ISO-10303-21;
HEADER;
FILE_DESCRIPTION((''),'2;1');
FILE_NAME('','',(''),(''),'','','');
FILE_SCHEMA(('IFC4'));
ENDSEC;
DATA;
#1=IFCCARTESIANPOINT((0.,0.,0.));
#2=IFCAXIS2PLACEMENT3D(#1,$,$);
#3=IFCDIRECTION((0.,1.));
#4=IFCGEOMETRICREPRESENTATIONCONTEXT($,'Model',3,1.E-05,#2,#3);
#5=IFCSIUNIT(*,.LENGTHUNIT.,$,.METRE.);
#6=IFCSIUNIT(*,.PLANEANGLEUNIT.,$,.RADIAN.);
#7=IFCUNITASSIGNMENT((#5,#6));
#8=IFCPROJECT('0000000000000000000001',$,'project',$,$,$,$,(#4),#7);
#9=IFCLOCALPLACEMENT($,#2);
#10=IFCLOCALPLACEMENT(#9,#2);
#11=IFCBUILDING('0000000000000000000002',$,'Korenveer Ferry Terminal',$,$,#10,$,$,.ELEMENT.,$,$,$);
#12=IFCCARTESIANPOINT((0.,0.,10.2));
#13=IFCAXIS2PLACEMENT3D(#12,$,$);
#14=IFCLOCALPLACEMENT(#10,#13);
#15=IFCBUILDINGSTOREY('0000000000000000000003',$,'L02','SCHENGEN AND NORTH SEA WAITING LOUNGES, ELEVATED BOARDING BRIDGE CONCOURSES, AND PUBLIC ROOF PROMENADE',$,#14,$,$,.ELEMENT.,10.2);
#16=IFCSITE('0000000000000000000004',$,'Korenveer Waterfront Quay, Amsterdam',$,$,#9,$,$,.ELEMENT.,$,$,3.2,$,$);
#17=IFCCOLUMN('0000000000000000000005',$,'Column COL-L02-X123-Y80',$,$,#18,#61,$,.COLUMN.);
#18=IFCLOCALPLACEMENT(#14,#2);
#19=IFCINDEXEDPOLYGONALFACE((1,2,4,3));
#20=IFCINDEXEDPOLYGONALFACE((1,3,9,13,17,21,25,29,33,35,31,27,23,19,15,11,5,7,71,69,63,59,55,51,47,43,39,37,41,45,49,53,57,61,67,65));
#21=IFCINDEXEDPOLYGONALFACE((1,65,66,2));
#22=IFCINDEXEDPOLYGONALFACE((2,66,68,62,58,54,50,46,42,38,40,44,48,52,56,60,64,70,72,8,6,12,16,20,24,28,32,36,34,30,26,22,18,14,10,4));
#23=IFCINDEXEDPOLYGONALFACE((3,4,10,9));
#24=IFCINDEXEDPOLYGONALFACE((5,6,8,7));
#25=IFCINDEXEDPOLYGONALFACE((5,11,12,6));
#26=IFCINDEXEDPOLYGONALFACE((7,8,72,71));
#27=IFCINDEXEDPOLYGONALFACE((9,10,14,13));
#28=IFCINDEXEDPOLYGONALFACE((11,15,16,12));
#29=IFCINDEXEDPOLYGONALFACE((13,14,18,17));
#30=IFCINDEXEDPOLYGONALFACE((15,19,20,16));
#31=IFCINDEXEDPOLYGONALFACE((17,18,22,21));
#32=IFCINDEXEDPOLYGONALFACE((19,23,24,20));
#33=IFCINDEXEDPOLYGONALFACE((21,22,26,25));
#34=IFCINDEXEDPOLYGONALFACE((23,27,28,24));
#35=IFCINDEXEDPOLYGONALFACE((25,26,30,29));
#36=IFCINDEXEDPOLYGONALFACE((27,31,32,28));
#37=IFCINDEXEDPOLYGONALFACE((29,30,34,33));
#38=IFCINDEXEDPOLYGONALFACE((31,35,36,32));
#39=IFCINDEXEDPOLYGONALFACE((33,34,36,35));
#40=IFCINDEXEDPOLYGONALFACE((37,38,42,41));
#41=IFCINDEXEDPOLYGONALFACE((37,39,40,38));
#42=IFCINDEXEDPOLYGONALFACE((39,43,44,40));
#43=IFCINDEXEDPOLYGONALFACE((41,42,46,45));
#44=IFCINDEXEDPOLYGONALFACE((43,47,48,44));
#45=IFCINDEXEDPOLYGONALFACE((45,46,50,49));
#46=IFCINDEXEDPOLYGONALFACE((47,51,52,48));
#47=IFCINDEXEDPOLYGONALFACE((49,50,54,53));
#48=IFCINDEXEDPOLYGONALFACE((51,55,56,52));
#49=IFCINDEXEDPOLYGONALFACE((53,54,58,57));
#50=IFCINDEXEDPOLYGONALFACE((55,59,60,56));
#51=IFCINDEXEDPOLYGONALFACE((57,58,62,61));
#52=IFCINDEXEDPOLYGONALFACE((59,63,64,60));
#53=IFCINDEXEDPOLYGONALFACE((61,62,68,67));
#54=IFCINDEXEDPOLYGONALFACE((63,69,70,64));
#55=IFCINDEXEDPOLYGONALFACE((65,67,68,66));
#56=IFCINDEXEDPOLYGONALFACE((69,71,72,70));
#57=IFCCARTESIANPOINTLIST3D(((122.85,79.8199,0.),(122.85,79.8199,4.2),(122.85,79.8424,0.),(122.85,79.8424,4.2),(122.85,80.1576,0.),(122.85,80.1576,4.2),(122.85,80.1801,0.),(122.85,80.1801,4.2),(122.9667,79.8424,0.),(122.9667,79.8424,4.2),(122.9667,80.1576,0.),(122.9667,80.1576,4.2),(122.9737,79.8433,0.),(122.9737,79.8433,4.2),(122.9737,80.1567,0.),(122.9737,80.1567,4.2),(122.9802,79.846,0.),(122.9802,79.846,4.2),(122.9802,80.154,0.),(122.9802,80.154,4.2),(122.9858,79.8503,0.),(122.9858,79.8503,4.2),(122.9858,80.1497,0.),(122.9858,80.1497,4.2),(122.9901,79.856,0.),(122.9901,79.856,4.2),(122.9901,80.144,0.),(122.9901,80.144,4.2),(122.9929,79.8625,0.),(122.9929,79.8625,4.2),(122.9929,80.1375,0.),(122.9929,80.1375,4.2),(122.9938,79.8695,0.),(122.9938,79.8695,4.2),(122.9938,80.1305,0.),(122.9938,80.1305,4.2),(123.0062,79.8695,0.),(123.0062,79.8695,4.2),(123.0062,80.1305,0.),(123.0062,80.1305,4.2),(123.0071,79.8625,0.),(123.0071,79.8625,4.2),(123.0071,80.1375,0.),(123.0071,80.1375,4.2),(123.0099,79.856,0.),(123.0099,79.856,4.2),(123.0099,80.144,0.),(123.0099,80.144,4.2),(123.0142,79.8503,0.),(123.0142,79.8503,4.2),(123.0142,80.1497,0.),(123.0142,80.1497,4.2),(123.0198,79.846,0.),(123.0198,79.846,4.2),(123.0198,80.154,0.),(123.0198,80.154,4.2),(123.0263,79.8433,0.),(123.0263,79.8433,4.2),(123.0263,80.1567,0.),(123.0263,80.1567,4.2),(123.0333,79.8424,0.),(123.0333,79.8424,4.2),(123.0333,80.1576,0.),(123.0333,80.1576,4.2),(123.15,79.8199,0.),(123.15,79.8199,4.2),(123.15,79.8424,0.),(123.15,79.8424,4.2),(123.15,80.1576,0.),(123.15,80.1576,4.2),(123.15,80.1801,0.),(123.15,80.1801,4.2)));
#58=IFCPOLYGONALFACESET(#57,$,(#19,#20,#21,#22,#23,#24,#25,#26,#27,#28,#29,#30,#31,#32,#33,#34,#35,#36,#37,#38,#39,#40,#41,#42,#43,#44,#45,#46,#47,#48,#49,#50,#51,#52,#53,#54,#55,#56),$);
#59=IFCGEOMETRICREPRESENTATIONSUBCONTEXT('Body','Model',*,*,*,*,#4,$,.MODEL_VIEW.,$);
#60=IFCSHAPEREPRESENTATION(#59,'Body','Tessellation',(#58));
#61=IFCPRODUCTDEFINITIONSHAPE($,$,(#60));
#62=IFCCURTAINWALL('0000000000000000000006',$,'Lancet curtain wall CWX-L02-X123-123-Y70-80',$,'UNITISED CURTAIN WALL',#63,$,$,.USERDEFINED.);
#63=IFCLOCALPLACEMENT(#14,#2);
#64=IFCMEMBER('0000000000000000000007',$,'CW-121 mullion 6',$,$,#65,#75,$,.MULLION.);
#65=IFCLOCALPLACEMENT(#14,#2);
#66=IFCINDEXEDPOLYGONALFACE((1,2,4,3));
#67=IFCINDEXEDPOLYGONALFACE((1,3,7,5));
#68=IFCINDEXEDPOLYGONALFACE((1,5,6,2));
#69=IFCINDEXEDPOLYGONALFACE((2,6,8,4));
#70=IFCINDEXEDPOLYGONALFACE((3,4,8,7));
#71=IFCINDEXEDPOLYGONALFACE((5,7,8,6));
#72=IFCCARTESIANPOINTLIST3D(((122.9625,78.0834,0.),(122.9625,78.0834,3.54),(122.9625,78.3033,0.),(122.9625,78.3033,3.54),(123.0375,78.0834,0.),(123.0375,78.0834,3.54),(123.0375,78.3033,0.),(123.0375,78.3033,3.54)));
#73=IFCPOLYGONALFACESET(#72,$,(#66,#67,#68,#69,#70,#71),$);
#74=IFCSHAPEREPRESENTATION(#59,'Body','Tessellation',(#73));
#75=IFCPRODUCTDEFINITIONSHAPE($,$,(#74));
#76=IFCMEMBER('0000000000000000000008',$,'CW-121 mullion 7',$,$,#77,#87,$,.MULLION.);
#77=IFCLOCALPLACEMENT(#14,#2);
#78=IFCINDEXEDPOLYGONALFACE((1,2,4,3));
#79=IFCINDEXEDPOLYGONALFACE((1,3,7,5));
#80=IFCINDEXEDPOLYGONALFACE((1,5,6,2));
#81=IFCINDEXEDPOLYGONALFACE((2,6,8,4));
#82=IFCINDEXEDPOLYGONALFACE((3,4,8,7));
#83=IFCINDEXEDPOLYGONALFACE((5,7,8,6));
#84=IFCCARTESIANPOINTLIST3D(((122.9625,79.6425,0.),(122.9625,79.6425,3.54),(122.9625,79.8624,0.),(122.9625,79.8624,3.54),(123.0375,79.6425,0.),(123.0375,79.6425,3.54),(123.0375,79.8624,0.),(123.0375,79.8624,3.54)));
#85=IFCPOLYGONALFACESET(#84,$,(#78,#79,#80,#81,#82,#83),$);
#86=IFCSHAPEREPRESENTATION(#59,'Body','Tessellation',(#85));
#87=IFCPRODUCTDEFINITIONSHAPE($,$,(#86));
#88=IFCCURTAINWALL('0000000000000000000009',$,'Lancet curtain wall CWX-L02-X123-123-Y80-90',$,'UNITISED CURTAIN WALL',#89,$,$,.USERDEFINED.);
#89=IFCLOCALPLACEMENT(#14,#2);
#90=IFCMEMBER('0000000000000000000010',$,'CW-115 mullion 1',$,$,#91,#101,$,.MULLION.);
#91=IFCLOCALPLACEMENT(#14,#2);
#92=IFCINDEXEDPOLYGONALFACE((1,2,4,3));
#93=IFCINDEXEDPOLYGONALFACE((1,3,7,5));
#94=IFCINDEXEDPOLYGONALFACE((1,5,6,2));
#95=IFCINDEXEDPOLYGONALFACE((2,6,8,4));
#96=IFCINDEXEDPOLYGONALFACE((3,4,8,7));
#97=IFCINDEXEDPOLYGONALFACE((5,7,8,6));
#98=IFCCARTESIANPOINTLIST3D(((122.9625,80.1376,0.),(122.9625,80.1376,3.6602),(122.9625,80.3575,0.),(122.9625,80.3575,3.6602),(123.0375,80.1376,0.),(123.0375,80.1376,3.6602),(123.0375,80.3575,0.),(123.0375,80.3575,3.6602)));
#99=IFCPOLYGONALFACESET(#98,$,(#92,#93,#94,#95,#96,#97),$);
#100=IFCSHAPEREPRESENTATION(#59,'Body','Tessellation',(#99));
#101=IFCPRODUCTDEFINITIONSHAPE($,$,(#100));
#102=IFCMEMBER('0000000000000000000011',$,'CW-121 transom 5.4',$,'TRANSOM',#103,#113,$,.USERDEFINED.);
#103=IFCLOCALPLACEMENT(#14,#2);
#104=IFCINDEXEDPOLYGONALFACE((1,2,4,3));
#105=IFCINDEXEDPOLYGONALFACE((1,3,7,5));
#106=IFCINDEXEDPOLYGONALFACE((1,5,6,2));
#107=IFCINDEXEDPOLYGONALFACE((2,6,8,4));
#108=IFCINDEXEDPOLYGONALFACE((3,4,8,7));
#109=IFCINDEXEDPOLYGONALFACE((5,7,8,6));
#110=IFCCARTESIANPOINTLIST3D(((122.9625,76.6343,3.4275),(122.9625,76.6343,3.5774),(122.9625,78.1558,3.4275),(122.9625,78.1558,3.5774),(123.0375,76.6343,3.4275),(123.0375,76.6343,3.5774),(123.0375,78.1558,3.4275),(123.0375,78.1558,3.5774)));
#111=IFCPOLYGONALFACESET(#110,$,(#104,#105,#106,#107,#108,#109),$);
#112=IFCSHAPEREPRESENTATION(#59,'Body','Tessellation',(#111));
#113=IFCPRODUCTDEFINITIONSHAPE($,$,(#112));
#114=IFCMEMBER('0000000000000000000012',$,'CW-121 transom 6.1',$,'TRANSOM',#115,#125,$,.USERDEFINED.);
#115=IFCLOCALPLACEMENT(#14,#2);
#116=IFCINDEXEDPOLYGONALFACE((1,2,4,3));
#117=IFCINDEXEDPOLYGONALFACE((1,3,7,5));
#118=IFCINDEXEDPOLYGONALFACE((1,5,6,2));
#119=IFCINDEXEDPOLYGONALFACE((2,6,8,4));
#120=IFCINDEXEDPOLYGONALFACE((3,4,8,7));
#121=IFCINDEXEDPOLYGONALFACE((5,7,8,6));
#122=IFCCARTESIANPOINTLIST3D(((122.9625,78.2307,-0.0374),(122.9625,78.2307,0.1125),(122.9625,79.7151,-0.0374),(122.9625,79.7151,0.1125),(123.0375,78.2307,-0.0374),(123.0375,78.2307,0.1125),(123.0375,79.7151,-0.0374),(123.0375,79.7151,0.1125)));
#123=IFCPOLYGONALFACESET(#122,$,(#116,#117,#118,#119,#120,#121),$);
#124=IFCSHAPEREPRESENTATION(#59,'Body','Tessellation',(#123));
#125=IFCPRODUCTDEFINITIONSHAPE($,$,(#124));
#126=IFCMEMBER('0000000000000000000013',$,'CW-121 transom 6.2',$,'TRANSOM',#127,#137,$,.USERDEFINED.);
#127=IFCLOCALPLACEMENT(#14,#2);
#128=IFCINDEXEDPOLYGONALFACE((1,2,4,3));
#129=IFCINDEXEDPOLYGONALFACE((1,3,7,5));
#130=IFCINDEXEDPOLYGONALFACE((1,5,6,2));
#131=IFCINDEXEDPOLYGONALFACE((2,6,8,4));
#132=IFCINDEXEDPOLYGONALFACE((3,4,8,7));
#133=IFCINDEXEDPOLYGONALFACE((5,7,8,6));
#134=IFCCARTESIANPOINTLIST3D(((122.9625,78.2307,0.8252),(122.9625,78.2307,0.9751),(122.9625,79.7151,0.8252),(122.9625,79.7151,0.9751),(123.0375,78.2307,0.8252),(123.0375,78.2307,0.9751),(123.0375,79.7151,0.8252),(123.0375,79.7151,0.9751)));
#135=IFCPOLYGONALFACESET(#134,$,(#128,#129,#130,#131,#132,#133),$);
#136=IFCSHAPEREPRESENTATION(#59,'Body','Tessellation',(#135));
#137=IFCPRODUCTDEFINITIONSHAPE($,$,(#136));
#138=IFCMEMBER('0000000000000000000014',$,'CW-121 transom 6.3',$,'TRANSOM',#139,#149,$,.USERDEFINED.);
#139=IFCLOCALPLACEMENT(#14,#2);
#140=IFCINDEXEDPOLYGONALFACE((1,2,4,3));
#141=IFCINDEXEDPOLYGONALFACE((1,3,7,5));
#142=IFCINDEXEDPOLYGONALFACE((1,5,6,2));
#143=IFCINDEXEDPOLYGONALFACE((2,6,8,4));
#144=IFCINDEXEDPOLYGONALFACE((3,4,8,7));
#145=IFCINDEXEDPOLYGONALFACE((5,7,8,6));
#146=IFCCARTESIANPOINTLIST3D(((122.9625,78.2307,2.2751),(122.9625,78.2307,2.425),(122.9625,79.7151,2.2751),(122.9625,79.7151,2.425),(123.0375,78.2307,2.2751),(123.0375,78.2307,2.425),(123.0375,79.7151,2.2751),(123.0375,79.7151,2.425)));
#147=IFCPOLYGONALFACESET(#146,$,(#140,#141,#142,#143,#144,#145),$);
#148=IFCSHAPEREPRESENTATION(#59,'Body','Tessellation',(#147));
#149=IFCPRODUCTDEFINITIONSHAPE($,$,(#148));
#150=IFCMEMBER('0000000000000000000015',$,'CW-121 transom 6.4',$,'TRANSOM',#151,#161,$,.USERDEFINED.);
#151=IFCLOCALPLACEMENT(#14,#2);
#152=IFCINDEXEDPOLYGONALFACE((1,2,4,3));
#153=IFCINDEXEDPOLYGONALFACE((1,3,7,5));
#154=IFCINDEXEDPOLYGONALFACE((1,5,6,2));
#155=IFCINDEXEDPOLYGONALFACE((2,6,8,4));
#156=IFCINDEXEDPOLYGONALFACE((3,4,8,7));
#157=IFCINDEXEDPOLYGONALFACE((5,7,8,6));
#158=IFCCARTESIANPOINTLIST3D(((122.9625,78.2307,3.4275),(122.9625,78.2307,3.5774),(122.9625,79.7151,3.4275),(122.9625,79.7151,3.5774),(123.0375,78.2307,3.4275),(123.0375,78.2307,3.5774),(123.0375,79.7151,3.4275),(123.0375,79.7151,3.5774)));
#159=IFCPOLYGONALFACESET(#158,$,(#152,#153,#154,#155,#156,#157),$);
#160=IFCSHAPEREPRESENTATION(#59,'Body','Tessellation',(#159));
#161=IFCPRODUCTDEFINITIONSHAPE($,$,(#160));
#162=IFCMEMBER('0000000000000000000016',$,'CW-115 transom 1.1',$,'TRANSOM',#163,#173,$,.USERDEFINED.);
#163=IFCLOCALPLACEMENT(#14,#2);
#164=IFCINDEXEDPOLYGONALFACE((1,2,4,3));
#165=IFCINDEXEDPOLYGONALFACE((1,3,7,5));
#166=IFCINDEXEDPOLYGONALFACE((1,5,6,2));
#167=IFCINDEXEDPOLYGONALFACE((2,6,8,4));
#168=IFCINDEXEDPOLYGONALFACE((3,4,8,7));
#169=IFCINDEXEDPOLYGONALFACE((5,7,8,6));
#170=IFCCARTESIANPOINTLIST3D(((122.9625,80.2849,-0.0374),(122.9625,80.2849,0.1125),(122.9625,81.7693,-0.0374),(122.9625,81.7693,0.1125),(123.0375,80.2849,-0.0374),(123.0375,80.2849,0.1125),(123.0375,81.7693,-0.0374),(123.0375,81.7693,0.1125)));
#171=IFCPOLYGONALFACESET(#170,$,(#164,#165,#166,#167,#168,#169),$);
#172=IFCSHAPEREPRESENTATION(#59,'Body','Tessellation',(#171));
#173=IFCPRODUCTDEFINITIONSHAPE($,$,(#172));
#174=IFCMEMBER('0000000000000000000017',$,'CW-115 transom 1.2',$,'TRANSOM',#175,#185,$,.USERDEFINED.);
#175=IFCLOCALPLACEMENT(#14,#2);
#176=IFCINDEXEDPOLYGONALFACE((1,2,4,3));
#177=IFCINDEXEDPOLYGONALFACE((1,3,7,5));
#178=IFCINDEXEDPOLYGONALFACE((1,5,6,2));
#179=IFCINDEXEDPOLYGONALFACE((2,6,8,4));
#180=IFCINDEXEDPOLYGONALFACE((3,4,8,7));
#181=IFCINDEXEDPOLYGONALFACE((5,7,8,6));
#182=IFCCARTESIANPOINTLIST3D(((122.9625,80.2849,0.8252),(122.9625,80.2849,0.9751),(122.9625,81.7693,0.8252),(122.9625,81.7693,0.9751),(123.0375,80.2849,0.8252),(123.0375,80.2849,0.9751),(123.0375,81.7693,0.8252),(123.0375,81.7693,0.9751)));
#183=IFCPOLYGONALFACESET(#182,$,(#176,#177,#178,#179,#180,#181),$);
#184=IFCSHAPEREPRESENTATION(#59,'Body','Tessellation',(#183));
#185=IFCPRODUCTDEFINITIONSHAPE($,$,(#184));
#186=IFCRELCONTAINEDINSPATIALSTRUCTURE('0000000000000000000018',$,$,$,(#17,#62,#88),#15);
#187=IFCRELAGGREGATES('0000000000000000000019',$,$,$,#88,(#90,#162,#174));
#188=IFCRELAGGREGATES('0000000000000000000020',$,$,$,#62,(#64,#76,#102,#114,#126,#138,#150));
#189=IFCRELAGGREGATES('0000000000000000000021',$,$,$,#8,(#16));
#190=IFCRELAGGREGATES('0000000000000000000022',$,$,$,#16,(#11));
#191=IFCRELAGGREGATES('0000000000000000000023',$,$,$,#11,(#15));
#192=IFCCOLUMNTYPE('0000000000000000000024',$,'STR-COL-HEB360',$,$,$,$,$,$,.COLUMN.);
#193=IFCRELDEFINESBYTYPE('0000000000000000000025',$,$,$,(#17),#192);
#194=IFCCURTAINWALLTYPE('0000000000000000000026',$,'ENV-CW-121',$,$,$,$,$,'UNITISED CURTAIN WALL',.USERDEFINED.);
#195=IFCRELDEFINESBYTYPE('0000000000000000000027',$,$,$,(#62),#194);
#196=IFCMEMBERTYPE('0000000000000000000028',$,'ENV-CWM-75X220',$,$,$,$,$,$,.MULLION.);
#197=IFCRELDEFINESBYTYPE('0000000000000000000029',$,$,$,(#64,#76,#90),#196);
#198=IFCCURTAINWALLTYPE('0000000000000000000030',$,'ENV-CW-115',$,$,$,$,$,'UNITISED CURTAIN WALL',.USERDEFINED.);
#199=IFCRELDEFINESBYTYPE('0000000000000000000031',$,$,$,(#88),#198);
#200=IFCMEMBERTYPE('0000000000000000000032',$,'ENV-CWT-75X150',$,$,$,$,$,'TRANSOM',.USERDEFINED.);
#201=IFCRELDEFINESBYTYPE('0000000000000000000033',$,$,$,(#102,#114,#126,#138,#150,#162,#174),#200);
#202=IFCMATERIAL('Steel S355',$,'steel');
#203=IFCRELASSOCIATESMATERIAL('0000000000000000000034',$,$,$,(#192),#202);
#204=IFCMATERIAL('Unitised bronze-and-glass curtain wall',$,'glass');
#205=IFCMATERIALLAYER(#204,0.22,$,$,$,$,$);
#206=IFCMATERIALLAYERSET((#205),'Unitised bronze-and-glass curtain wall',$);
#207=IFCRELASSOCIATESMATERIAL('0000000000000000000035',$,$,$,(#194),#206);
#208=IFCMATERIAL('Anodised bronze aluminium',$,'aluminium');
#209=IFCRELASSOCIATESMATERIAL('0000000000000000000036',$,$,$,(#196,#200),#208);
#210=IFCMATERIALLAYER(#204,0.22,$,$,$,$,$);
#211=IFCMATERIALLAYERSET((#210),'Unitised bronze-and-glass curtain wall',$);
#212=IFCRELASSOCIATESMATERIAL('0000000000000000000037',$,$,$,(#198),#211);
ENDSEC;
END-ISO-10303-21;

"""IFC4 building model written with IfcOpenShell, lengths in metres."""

from ifc_helpers import new_model, si_unit, direction, frame, origin, origin_2d, place, context, subcontext, project, spatial, rectangle, i_section, extrude, material, layer, layer_set, material_profile, profile_set, type_object, element, aggregate, save


model = new_model("IFC4")

# Units and contexts
model_context = context("Model", 3, precision=1e-05, world=origin(), true_north=direction((0.0, 1.0)))
body_context = subcontext(model_context, "Body", "Model", "MODEL_VIEW")
ifc_project = project(units=[si_unit("LENGTHUNIT", "METRE"), si_unit("PLANEANGLEUNIT", "RADIAN")], contexts=[model_context])

# Site, building, storey
site_placement = place(None, origin())
site = spatial("IfcSite", under=ifc_project, at=site_placement, Name="Korenveer Waterfront Quay, Amsterdam", CompositionType="ELEMENT", RefElevation=3.2)
building_placement = place(site_placement, origin())
building = spatial("IfcBuilding", under=site, at=building_placement, Name="Korenveer Ferry Terminal", CompositionType="ELEMENT")
storey_placement = place(building_placement, frame((0.0, 0.0, 10.2)))
storey = spatial("IfcBuildingStorey", under=building, at=storey_placement, Name="L02", Description="SCHENGEN AND NORTH SEA WAITING LOUNGES, ELEVATED BOARDING BRIDGE CONCOURSES, AND PUBLIC ROOF PROMENADE", CompositionType="ELEMENT", Elevation=10.2)

# Column
ifc_material_1 = material(Name="Steel S355", Category="steel")
ifc_material_profile_1 = material_profile(ifc_material_1, i_section(OverallWidth=0.3, OverallDepth=0.3601, WebThickness=0.0125, FlangeThickness=0.0225, FilletRadius=0.0271, at=origin_2d()), Name="HEB 360")
ifc_profile_set_1 = profile_set([ifc_material_profile_1], Name="Steel S355")
column_type = type_object("IfcColumnType", Name="STR-COL-HEB360", PredefinedType="COLUMN", material=ifc_profile_set_1)
column_placement = place(storey_placement, frame((123.0, 80.0, 0.0), z_axis=(0.0, 0.0, 1.0), x_axis=(1.0, 0.0, 0.0)))
element("IfcColumn", 1, at=column_placement, inside=storey, type_object=column_type, Name="Column COL-L02-X123-Y80", PredefinedType="COLUMN", context=body_context, shape_type="SweptSolid", body=[
    extrude(i_section(OverallWidth=0.3, OverallDepth=0.3601, WebThickness=0.0125, FlangeThickness=0.0225, FilletRadius=0.0271, at=origin_2d()), origin(), (0.0, 0.0, 1.0), 4.2),
])

# Curtain wall, members
ifc_material_2 = material(Name="Unitised bronze-and-glass curtain wall", Category="glass")
ifc_layer_1 = layer(ifc_material_2, 0.22)
ifc_layer_set_1 = layer_set([ifc_layer_1], Name="Unitised bronze-and-glass curtain wall")
curtain_wall_type_1 = type_object("IfcCurtainWallType", Name="ENV-CW-121", ElementType="UNITISED CURTAIN WALL", PredefinedType="USERDEFINED", material=ifc_layer_set_1)
curtain_wall_1_placement = place(storey_placement, frame((123.0, 70.21, 0.0)))
curtain_wall_1 = element("IfcCurtainWall", 2, at=curtain_wall_1_placement, inside=storey, type_object=curtain_wall_type_1, Name="Lancet curtain wall CWX-L02-X123-123-Y70-80", ObjectType="UNITISED CURTAIN WALL", PredefinedType="USERDEFINED")
ifc_material_3 = material(Name="Anodised bronze aluminium", Category="aluminium")
ifc_material_profile_2 = material_profile(ifc_material_3, rectangle(XDim=0.075, YDim=0.22, at=origin_2d()), Name="ALU 75x220")
ifc_profile_set_2 = profile_set([ifc_material_profile_2], Name="Anodised bronze aluminium")
member_type_1 = type_object("IfcMemberType", Name="ENV-CWM-75X220", PredefinedType="MULLION", material=ifc_profile_set_2)
member_1_placement = place(storey_placement, frame((123.0, 78.1934, 0.0), z_axis=(0.0, 0.0, 1.0), x_axis=(-1.0, 0.0, 0.0)))
member_1 = element("IfcMember", 3, at=member_1_placement, type_object=member_type_1, Name="CW-121 mullion 6", PredefinedType="MULLION", context=body_context, shape_type="SweptSolid", body=[
    extrude(rectangle(XDim=0.075, YDim=0.22, at=origin_2d()), origin(), (0.0, 0.0, 1.0), 3.54),
])
member_2_placement = place(storey_placement, frame((123.0, 79.7524, 0.0), z_axis=(0.0, 0.0, 1.0), x_axis=(-1.0, 0.0, 0.0)))
member_2 = element("IfcMember", 4, at=member_2_placement, type_object=member_type_1, Name="CW-121 mullion 7", PredefinedType="MULLION", context=body_context, shape_type="SweptSolid", body=[
    extrude(rectangle(XDim=0.075, YDim=0.22, at=origin_2d()), origin(), (0.0, 0.0, 1.0), 3.54),
])

# Curtain wall, member
ifc_layer_2 = layer(ifc_material_2, 0.22)
ifc_layer_set_2 = layer_set([ifc_layer_2], Name="Unitised bronze-and-glass curtain wall")
curtain_wall_type_2 = type_object("IfcCurtainWallType", Name="ENV-CW-115", ElementType="UNITISED CURTAIN WALL", PredefinedType="USERDEFINED", material=ifc_layer_set_2)
curtain_wall_2_placement = place(storey_placement, frame((123.0, 80.21, 0.0)))
curtain_wall_2 = element("IfcCurtainWall", 5, at=curtain_wall_2_placement, inside=storey, type_object=curtain_wall_type_2, Name="Lancet curtain wall CWX-L02-X123-123-Y80-90", ObjectType="UNITISED CURTAIN WALL", PredefinedType="USERDEFINED")
member_3_placement = place(storey_placement, frame((123.0, 80.2476, 0.0), z_axis=(0.0, 0.0, 1.0), x_axis=(-1.0, 0.0, 0.0)))
member_3 = element("IfcMember", 6, at=member_3_placement, type_object=member_type_1, Name="CW-115 mullion 1", PredefinedType="MULLION", context=body_context, shape_type="SweptSolid", body=[
    extrude(rectangle(XDim=0.075, YDim=0.22, at=origin_2d()), origin(), (0.0, 0.0, 1.0), 3.6602),
])

# Members
ifc_material_profile_3 = material_profile(ifc_material_3, rectangle(XDim=0.075, YDim=0.1499, at=origin_2d()), Name="ALU 75x150")
ifc_profile_set_3 = profile_set([ifc_material_profile_3], Name="Anodised bronze aluminium")
member_type_2 = type_object("IfcMemberType", Name="ENV-CWT-75X150", ElementType="TRANSOM", PredefinedType="USERDEFINED", material=ifc_profile_set_3)
member_4_placement = place(storey_placement, frame((123.0, 76.6343, 3.5024), z_axis=(0.0, 1.0, 0.0), x_axis=(-1.0, 0.0, 0.0)))
member_4 = element("IfcMember", 7, at=member_4_placement, type_object=member_type_2, Name="CW-121 transom 5.4", ObjectType="TRANSOM", PredefinedType="USERDEFINED", context=body_context, shape_type="SweptSolid", body=[
    extrude(rectangle(XDim=0.075, YDim=0.1499, at=origin_2d()), origin(), (0.0, 0.0, 1.0), 1.5215),
])
member_5_placement = place(storey_placement, frame((123.0, 78.2307, 0.0376), z_axis=(0.0, 1.0, 0.0), x_axis=(-1.0, 0.0, 0.0)))
member_5 = element("IfcMember", 8, at=member_5_placement, type_object=member_type_2, Name="CW-121 transom 6.1", ObjectType="TRANSOM", PredefinedType="USERDEFINED", context=body_context, shape_type="SweptSolid", body=[
    extrude(rectangle(XDim=0.075, YDim=0.1499, at=origin_2d()), origin(), (0.0, 0.0, 1.0), 1.4844),
])
member_6_placement = place(storey_placement, frame((123.0, 78.2307, 0.9001), z_axis=(0.0, 1.0, 0.0), x_axis=(-1.0, 0.0, 0.0)))
member_6 = element("IfcMember", 9, at=member_6_placement, type_object=member_type_2, Name="CW-121 transom 6.2", ObjectType="TRANSOM", PredefinedType="USERDEFINED", context=body_context, shape_type="SweptSolid", body=[
    extrude(rectangle(XDim=0.075, YDim=0.1499, at=origin_2d()), origin(), (0.0, 0.0, 1.0), 1.4844),
])
member_7_placement = place(storey_placement, frame((123.0, 78.2307, 2.3501), z_axis=(0.0, 1.0, 0.0), x_axis=(-1.0, 0.0, 0.0)))
member_7 = element("IfcMember", 10, at=member_7_placement, type_object=member_type_2, Name="CW-121 transom 6.3", ObjectType="TRANSOM", PredefinedType="USERDEFINED", context=body_context, shape_type="SweptSolid", body=[
    extrude(rectangle(XDim=0.075, YDim=0.1499, at=origin_2d()), origin(), (0.0, 0.0, 1.0), 1.4844),
])
member_8_placement = place(storey_placement, frame((123.0, 78.2307, 3.5024), z_axis=(0.0, 1.0, 0.0), x_axis=(-1.0, 0.0, 0.0)))
member_8 = element("IfcMember", 11, at=member_8_placement, type_object=member_type_2, Name="CW-121 transom 6.4", ObjectType="TRANSOM", PredefinedType="USERDEFINED", context=body_context, shape_type="SweptSolid", body=[
    extrude(rectangle(XDim=0.075, YDim=0.1499, at=origin_2d()), origin(), (0.0, 0.0, 1.0), 1.4844),
])
member_9_placement = place(storey_placement, frame((123.0, 80.2849, 0.0376), z_axis=(0.0, 1.0, 0.0), x_axis=(-1.0, 0.0, 0.0)))
member_9 = element("IfcMember", 12, at=member_9_placement, type_object=member_type_2, Name="CW-115 transom 1.1", ObjectType="TRANSOM", PredefinedType="USERDEFINED", context=body_context, shape_type="SweptSolid", body=[
    extrude(rectangle(XDim=0.075, YDim=0.1499, at=origin_2d()), origin(), (0.0, 0.0, 1.0), 1.4844),
])
member_10_placement = place(storey_placement, frame((123.0, 80.2849, 0.9001), z_axis=(0.0, 1.0, 0.0), x_axis=(-1.0, 0.0, 0.0)))
member_10 = element("IfcMember", 13, at=member_10_placement, type_object=member_type_2, Name="CW-115 transom 1.2", ObjectType="TRANSOM", PredefinedType="USERDEFINED", context=body_context, shape_type="SweptSolid", body=[
    extrude(rectangle(XDim=0.075, YDim=0.1499, at=origin_2d()), origin(), (0.0, 0.0, 1.0), 1.4844),
])
aggregate(curtain_wall_2, [member_3, member_9, member_10])

aggregate(curtain_wall_1, [member_1, member_2, member_4, member_5, member_6, member_7, member_8])

save(model, "model.ifc")
